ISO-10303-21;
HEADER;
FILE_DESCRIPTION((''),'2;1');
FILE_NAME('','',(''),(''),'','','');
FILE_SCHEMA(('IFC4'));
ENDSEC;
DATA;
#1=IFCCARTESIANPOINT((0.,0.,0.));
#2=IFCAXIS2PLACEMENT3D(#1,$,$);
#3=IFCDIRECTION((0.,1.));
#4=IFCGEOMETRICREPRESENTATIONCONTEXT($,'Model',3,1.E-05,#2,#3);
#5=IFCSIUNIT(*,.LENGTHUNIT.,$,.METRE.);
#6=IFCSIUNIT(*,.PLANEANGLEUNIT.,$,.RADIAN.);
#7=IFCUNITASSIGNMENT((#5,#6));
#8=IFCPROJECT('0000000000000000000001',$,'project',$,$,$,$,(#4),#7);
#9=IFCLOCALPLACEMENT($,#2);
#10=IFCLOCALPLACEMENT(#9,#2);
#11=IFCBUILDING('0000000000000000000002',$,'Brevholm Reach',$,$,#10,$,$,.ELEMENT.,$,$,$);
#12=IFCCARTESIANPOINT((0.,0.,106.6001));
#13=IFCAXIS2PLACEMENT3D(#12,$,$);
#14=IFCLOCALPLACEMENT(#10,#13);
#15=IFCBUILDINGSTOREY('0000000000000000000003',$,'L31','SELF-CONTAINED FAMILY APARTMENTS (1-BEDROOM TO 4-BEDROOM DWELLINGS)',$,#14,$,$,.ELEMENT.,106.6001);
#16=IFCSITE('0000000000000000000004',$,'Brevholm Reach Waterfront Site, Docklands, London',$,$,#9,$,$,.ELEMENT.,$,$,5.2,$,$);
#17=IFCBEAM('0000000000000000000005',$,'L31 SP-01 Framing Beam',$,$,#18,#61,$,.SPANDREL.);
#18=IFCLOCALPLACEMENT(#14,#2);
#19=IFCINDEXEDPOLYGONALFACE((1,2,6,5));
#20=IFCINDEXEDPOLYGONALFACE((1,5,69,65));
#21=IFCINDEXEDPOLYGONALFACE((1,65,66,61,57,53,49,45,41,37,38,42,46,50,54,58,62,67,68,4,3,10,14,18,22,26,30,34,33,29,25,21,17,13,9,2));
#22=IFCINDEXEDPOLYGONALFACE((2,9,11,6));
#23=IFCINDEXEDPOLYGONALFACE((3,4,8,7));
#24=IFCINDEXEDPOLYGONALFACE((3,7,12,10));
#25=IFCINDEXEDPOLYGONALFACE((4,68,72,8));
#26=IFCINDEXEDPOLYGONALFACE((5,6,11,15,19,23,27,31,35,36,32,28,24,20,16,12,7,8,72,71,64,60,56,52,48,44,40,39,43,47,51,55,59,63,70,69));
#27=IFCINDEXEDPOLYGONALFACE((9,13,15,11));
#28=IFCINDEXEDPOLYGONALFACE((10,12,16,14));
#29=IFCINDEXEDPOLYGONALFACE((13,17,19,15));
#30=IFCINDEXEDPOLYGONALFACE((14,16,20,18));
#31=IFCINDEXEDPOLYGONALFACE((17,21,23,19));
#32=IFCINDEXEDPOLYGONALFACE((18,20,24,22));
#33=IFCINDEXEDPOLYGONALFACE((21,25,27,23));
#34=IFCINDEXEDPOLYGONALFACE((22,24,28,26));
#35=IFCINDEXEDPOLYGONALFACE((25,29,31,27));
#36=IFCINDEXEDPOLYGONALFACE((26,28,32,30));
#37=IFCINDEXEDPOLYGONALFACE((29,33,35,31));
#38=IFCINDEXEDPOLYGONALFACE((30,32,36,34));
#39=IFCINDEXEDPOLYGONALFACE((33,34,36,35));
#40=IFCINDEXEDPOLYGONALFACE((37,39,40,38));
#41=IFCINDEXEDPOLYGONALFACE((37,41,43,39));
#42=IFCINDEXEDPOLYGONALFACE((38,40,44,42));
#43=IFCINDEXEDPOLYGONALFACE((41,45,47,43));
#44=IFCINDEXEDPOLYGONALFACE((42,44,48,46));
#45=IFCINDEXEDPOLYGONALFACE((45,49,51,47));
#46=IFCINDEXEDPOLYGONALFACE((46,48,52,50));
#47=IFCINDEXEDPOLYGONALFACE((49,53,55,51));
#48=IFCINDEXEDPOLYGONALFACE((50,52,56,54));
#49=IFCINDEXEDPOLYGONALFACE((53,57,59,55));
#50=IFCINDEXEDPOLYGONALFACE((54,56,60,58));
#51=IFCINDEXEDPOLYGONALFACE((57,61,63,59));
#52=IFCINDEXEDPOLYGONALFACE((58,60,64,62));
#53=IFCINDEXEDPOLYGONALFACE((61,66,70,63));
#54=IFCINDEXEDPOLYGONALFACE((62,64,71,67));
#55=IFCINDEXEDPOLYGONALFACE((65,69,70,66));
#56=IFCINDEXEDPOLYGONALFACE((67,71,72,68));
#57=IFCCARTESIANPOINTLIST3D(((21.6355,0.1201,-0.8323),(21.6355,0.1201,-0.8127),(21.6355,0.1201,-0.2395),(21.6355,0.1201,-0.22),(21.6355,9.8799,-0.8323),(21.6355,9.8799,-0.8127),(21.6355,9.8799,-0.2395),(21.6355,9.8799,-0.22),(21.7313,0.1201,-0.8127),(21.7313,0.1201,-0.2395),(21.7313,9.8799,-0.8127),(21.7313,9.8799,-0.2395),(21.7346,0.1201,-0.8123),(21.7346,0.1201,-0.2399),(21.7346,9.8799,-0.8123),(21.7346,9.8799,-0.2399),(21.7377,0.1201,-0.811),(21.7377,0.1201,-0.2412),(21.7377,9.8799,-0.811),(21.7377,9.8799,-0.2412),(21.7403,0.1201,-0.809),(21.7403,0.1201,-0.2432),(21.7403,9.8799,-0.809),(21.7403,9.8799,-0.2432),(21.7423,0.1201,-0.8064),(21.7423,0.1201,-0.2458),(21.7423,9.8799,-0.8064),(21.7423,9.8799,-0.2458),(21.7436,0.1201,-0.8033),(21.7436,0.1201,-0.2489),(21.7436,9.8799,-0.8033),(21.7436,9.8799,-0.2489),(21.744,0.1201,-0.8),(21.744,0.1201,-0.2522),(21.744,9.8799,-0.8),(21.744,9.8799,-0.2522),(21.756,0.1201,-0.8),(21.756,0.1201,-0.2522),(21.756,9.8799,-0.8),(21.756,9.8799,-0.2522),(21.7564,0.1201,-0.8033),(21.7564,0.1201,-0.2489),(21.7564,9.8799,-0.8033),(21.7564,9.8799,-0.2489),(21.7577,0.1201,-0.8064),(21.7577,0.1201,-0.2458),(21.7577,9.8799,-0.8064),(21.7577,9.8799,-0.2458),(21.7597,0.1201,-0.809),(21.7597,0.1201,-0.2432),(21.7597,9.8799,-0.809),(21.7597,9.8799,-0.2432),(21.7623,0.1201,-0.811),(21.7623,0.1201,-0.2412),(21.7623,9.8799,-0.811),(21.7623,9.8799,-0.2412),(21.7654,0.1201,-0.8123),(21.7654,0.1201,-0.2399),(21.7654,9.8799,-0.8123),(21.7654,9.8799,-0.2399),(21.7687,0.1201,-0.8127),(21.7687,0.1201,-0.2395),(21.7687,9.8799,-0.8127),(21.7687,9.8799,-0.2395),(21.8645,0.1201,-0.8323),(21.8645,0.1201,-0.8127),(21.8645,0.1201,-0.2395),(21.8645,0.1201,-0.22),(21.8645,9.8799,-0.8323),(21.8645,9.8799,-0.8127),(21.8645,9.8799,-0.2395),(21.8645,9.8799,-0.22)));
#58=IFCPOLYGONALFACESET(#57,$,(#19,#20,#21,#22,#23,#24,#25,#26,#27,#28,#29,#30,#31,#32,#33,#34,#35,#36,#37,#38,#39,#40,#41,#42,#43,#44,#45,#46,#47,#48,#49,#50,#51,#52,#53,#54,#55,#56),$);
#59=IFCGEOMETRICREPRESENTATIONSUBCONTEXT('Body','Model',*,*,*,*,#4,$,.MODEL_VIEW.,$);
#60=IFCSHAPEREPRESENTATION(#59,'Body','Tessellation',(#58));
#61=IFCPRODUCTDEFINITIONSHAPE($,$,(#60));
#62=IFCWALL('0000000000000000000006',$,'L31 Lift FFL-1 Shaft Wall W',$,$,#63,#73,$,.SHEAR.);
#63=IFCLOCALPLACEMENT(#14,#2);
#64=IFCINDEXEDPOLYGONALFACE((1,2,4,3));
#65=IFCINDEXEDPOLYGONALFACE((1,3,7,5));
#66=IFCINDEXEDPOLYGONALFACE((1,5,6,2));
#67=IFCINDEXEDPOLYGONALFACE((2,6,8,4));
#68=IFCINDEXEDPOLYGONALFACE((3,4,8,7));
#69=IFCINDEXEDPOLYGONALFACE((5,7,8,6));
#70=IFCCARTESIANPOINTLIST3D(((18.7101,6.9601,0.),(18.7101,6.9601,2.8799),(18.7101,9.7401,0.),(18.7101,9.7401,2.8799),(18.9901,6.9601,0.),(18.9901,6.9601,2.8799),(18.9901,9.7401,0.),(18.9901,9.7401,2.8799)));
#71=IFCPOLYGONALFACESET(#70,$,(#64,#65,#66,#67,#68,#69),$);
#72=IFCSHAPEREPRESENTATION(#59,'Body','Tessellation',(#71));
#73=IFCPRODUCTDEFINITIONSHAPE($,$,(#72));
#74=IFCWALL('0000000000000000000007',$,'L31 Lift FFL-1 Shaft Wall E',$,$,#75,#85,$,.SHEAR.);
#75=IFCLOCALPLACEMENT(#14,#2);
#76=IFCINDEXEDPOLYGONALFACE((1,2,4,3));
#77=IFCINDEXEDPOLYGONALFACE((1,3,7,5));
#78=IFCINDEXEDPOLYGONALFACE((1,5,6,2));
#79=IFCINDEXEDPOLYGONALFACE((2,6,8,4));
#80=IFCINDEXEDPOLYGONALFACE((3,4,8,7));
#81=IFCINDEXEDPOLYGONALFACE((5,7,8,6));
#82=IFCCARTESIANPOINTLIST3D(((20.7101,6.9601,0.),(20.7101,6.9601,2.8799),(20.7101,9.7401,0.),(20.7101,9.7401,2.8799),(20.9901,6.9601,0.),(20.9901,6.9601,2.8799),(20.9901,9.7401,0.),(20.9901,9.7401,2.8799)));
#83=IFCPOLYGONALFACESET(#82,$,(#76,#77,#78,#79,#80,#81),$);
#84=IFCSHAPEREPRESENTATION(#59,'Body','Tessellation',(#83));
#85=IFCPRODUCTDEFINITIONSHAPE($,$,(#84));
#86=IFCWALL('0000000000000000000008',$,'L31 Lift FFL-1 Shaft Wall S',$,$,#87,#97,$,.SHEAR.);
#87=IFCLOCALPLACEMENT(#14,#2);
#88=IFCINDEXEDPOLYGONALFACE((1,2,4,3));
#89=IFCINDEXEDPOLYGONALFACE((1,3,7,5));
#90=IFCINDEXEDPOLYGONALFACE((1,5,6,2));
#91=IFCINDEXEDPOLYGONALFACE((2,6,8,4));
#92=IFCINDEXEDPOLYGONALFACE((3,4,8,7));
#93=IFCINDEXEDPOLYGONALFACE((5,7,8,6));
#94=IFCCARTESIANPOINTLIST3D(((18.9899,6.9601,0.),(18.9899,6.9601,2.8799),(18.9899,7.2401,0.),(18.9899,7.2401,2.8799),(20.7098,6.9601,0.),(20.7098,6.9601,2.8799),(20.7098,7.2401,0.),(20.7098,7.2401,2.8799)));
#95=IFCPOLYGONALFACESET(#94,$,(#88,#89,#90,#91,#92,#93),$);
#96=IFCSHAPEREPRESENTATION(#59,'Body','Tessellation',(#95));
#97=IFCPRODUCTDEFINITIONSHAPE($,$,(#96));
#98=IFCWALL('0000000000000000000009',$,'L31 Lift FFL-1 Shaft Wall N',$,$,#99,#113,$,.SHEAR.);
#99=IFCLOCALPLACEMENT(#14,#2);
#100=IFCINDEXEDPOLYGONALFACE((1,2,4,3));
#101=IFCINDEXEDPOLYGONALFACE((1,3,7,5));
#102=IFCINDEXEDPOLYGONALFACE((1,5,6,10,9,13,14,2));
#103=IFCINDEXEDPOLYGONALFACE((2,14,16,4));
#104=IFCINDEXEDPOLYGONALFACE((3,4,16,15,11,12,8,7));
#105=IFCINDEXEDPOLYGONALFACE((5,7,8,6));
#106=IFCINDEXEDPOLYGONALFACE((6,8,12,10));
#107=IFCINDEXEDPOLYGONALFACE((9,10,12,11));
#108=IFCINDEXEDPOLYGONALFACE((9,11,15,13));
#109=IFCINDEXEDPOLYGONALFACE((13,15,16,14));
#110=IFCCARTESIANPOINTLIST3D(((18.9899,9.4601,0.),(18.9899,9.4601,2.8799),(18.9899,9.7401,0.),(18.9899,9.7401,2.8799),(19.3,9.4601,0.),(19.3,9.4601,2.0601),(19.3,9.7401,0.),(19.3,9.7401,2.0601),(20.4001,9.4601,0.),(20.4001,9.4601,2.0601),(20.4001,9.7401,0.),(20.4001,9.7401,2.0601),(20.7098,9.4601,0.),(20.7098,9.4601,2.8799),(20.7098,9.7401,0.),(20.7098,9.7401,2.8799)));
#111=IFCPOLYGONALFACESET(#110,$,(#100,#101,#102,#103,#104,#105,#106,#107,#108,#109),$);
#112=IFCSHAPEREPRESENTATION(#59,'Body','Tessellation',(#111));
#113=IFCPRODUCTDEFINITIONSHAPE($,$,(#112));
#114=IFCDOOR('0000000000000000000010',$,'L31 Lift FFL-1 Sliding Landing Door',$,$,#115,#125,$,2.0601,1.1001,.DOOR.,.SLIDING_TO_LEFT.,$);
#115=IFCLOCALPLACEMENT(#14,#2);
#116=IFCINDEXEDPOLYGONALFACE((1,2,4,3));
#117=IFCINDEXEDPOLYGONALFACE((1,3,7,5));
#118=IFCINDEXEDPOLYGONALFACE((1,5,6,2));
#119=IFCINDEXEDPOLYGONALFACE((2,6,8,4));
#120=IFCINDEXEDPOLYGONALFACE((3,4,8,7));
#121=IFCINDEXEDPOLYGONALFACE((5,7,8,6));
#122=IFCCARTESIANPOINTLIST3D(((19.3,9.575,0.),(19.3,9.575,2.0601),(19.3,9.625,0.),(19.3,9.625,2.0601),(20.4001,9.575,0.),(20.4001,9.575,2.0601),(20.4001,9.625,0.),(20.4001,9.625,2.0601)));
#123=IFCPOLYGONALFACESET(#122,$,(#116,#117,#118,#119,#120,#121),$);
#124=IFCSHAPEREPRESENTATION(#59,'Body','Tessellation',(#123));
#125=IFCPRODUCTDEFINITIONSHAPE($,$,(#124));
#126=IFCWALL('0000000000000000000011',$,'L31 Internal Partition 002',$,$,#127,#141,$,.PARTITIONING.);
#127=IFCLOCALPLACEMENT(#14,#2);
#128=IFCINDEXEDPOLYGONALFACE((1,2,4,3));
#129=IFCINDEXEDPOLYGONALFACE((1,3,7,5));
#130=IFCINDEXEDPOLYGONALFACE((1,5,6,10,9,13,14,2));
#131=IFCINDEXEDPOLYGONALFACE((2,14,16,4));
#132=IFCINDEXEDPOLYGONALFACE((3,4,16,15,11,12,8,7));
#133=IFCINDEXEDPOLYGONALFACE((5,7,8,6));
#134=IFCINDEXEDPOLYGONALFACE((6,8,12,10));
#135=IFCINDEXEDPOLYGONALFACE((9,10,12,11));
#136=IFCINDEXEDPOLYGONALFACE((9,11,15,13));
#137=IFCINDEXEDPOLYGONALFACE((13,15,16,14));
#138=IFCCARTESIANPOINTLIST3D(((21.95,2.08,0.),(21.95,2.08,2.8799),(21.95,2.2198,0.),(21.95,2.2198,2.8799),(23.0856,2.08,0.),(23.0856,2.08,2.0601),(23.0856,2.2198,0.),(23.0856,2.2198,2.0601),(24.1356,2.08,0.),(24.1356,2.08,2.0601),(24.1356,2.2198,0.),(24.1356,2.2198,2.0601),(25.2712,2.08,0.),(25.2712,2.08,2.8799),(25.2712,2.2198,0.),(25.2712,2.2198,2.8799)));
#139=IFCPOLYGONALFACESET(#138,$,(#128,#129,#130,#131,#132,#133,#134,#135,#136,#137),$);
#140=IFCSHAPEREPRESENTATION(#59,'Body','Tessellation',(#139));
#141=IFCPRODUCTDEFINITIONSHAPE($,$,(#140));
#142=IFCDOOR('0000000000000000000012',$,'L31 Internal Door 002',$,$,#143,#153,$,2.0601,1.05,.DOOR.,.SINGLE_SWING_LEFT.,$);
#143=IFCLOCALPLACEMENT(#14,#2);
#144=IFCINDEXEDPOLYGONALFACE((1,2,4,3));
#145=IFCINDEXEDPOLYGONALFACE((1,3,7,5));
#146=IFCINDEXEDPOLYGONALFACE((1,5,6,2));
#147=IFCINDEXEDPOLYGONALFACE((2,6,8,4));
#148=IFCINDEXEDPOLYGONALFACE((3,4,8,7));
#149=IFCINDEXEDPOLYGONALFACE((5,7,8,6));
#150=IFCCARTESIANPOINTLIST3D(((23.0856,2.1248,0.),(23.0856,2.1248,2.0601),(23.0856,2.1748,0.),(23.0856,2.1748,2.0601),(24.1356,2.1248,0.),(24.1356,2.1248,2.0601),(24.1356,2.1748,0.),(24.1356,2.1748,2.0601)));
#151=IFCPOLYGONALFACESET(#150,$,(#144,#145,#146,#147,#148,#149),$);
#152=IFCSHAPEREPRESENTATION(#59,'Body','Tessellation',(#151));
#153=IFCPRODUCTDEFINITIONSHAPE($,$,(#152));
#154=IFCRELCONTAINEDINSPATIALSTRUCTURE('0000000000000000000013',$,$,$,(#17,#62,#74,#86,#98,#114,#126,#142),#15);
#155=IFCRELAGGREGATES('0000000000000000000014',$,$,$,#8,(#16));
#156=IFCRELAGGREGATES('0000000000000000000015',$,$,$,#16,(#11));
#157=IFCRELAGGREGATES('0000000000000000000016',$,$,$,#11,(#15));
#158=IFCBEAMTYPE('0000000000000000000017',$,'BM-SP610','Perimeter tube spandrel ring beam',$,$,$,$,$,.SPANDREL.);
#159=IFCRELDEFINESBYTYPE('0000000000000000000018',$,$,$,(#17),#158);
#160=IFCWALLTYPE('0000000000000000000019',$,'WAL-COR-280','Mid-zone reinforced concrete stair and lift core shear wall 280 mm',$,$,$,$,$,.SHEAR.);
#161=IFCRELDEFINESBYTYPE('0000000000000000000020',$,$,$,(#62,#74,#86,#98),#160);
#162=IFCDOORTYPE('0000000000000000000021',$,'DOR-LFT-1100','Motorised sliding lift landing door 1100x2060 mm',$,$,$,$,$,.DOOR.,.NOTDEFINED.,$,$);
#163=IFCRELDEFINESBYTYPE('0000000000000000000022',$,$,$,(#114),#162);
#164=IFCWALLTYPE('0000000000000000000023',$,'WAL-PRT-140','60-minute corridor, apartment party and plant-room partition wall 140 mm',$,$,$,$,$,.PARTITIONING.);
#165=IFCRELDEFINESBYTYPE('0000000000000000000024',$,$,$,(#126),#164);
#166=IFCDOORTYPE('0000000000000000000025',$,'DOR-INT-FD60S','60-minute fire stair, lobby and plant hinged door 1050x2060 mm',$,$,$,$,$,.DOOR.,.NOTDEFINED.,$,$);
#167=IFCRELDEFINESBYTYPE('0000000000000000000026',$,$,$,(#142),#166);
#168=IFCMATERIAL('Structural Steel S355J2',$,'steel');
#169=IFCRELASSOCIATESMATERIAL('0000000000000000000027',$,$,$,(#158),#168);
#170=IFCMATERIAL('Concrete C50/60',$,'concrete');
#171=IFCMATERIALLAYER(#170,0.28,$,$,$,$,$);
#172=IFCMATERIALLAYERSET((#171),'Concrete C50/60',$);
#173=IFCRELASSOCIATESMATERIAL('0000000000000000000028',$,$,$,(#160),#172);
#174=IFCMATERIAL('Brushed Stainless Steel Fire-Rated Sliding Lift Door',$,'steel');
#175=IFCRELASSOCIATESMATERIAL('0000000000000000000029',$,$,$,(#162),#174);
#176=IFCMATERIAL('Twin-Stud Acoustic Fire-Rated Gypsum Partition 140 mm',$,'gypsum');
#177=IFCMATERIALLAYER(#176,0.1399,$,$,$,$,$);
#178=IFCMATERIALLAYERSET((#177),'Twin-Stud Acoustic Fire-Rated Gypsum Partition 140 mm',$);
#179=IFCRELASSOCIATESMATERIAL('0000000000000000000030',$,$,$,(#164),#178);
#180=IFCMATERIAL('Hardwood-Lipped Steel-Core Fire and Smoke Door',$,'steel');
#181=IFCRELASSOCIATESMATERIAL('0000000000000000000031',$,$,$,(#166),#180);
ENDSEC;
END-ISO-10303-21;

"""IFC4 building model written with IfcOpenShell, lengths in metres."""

from ifc_helpers import new_model, si_unit, direction, frame, frame_2d, origin, origin_2d, place, context, subcontext, project, spatial, rectangle, i_section, extrude, material, layer, layer_set, material_profile, profile_set, type_object, element, fill, save


model = new_model("IFC4")

# Units and contexts
model_context = context("Model", 3, precision=1e-05, world=origin(), true_north=direction((0.0, 1.0)))
body_context = subcontext(model_context, "Body", "Model", "MODEL_VIEW")
ifc_project = project(units=[si_unit("LENGTHUNIT", "METRE"), si_unit("PLANEANGLEUNIT", "RADIAN")], contexts=[model_context])

# Site, building, storey
site_placement = place(None, origin())
site = spatial("IfcSite", under=ifc_project, at=site_placement, Name="Brevholm Reach Waterfront Site, Docklands, London", CompositionType="ELEMENT", RefElevation=5.2)
building_placement = place(site_placement, origin())
building = spatial("IfcBuilding", under=site, at=building_placement, Name="Brevholm Reach", CompositionType="ELEMENT")
storey_placement = place(building_placement, frame((0.0, 0.0, 106.6001)))
storey = spatial("IfcBuildingStorey", under=building, at=storey_placement, Name="L31", Description="SELF-CONTAINED FAMILY APARTMENTS (1-BEDROOM TO 4-BEDROOM DWELLINGS)", CompositionType="ELEMENT", Elevation=106.6001)

# Beam
ifc_material_1 = material(Name="Structural Steel S355J2", Category="steel")
ifc_material_profile_1 = material_profile(ifc_material_1, i_section(OverallWidth=0.229, OverallDepth=0.6123, WebThickness=0.012, FlangeThickness=0.0195, FilletRadius=0.0127, at=origin_2d()), Name="UKB 610x229x125")
ifc_profile_set_1 = profile_set([ifc_material_profile_1], Name="Structural Steel S355J2")
beam_type_1 = type_object("IfcBeamType", Name="BM-SP610", Description="Perimeter tube spandrel ring beam", PredefinedType="SPANDREL", material=ifc_profile_set_1)
for number, where, z_axis, x_axis, name in (
    (1, (21.75, 0.1201, -0.5261), (0.0, 1.0, 0.0), (-1.0, 0.0, 0.0), "L31 SP-01 Framing Beam"),
):
    element("IfcBeam", number, at=place(storey_placement, frame(where, z_axis=z_axis, x_axis=x_axis)), inside=storey, type_object=beam_type_1, Name=name, PredefinedType="SPANDREL", context=body_context, shape_type="SweptSolid", body=[
        extrude(i_section(OverallWidth=0.229, OverallDepth=0.6123, WebThickness=0.012, FlangeThickness=0.0195, FilletRadius=0.0127, at=origin_2d()), origin(), (0.0, 0.0, 1.0), 9.7598),
    ])

# Walls
ifc_material_2 = material(Name="Concrete C50/60", Category="concrete")
ifc_layer_1 = layer(ifc_material_2, 0.28)
ifc_layer_set_1 = layer_set([ifc_layer_1], Name="Concrete C50/60")
wall_type_1 = type_object("IfcWallType", Name="WAL-COR-280", Description="Mid-zone reinforced concrete stair and lift core shear wall 280 mm", PredefinedType="SHEAR", material=ifc_layer_set_1)
for number, where, z_axis, x_axis, name in (
    (2, (18.8501, 6.96, 0.0), (0.0, 0.0, 1.0), (0.0, 1.0, 0.0), "L31 Lift FFL-1 Shaft Wall W"),
    (3, (20.8501, 6.96, 0.0), (0.0, 0.0, 1.0), (0.0, 1.0, 0.0), "L31 Lift FFL-1 Shaft Wall E"),
):
    element("IfcWall", number, at=place(storey_placement, frame(where, z_axis=z_axis, x_axis=x_axis)), inside=storey, type_object=wall_type_1, Name=name, PredefinedType="SHEAR", context=body_context, shape_type="SweptSolid", body=[
        extrude(rectangle(XDim=2.78, YDim=0.28, at=frame_2d((1.3901, 0.0))), origin(), (0.0, 0.0, 1.0), 2.8799),
    ])
wall_1_placement = place(storey_placement, frame((18.99, 7.1001, 0.0), z_axis=(0.0, 0.0, 1.0), x_axis=(1.0, 0.0, 0.0)))
element("IfcWall", 4, at=wall_1_placement, inside=storey, type_object=wall_type_1, Name="L31 Lift FFL-1 Shaft Wall S", PredefinedType="SHEAR", context=body_context, shape_type="SweptSolid", body=[
    extrude(rectangle(XDim=1.72, YDim=0.28, at=frame_2d((0.8599, 0.0))), origin(), (0.0, 0.0, 1.0), 2.8799),
])

# Walls, openings, doors
wall_2_placement = place(storey_placement, frame((18.99, 9.6001, 0.0), z_axis=(0.0, 0.0, 1.0), x_axis=(1.0, 0.0, 0.0)))
wall_2 = element("IfcWall", 5, at=wall_2_placement, inside=storey, type_object=wall_type_1, Name="L31 Lift FFL-1 Shaft Wall N", PredefinedType="SHEAR", context=body_context, shape_type="SweptSolid", body=[
    extrude(rectangle(XDim=1.72, YDim=0.28, at=frame_2d((0.8599, 0.0))), origin(), (0.0, 0.0, 1.0), 2.8799),
])
opening_1_placement = place(wall_2_placement, frame((0.3101, 0.0, 0.0)))
opening_1 = element("IfcOpeningElement", 6, at=opening_1_placement, cuts=wall_2, PredefinedType="OPENING", context=body_context, shape_type="SweptSolid", body=[
    extrude(rectangle(XDim=1.1001, YDim=2.0601, at=frame_2d((0.55, 1.03))), frame((0.0, 0.1499, 0.0), z_axis=(0.0, -1.0, 0.0), x_axis=(1.0, 0.0, 0.0)), (0.0, 0.0, 1.0), 0.3),
])
ifc_material_3 = material(Name="Brushed Stainless Steel Fire-Rated Sliding Lift Door", Category="steel")
door_type_1 = type_object("IfcDoorType", Name="DOR-LFT-1100", Description="Motorised sliding lift landing door 1100x2060 mm", OperationType="NOTDEFINED", PredefinedType="DOOR", material=ifc_material_3)
door_1_placement = place(opening_1_placement, origin())
door_1 = element("IfcDoor", 7, at=door_1_placement, inside=storey, type_object=door_type_1, Name="L31 Lift FFL-1 Sliding Landing Door", OperationType="SLIDING_TO_LEFT", OverallHeight=2.0601, OverallWidth=1.1001, PredefinedType="DOOR", context=body_context, shape_type="SweptSolid", body=[
    extrude(rectangle(XDim=1.1001, YDim=2.0601, at=frame_2d((0.55, 1.03))), frame((0.0, 0.0249, 0.0), z_axis=(0.0, -1.0, 0.0), x_axis=(1.0, 0.0, 0.0)), (0.0, 0.0, 1.0), 0.05),
])
fill(opening_1, door_1)
ifc_material_4 = material(Name="Twin-Stud Acoustic Fire-Rated Gypsum Partition 140 mm", Category="gypsum")
ifc_layer_2 = layer(ifc_material_4, 0.1399)
ifc_layer_set_2 = layer_set([ifc_layer_2], Name="Twin-Stud Acoustic Fire-Rated Gypsum Partition 140 mm")
wall_type_2 = type_object("IfcWallType", Name="WAL-PRT-140", Description="60-minute corridor, apartment party and plant-room partition wall 140 mm", PredefinedType="PARTITIONING", material=ifc_layer_set_2)
wall_3_placement = place(storey_placement, frame((21.95, 2.1499, 0.0), z_axis=(0.0, 0.0, 1.0), x_axis=(1.0, 0.0, 0.0)))
wall_3 = element("IfcWall", 8, at=wall_3_placement, inside=storey, type_object=wall_type_2, Name="L31 Internal Partition 002", PredefinedType="PARTITIONING", context=body_context, shape_type="SweptSolid", body=[
    extrude(rectangle(XDim=3.3213, YDim=0.1399, at=frame_2d((1.6606, 0.0))), origin(), (0.0, 0.0, 1.0), 2.8799),
])
opening_2_placement = place(wall_3_placement, frame((1.1357, 0.0, 0.0)))
opening_2 = element("IfcOpeningElement", 9, at=opening_2_placement, cuts=wall_3, PredefinedType="OPENING", context=body_context, shape_type="SweptSolid", body=[
    extrude(rectangle(XDim=1.05, YDim=2.0601, at=frame_2d((0.5249, 1.03))), frame((0.0, 0.0798, 0.0), z_axis=(0.0, -1.0, 0.0), x_axis=(1.0, 0.0, 0.0)), (0.0, 0.0, 1.0), 0.1599),
])
ifc_material_5 = material(Name="Hardwood-Lipped Steel-Core Fire and Smoke Door", Category="steel")
door_type_2 = type_object("IfcDoorType", Name="DOR-INT-FD60S", Description="60-minute fire stair, lobby and plant hinged door 1050x2060 mm", OperationType="NOTDEFINED", PredefinedType="DOOR", material=ifc_material_5)
door_2_placement = place(opening_2_placement, origin())
door_2 = element("IfcDoor", 10, at=door_2_placement, inside=storey, type_object=door_type_2, Name="L31 Internal Door 002", OperationType="SINGLE_SWING_LEFT", OverallHeight=2.0601, OverallWidth=1.05, PredefinedType="DOOR", context=body_context, shape_type="SweptSolid", body=[
    extrude(rectangle(XDim=1.05, YDim=2.0601, at=frame_2d((0.5249, 1.03))), frame((0.0, 0.0249, 0.0), z_axis=(0.0, -1.0, 0.0), x_axis=(1.0, 0.0, 0.0)), (0.0, 0.0, 1.0), 0.05),
])
fill(opening_2, door_2)

save(model, "model.ifc")
